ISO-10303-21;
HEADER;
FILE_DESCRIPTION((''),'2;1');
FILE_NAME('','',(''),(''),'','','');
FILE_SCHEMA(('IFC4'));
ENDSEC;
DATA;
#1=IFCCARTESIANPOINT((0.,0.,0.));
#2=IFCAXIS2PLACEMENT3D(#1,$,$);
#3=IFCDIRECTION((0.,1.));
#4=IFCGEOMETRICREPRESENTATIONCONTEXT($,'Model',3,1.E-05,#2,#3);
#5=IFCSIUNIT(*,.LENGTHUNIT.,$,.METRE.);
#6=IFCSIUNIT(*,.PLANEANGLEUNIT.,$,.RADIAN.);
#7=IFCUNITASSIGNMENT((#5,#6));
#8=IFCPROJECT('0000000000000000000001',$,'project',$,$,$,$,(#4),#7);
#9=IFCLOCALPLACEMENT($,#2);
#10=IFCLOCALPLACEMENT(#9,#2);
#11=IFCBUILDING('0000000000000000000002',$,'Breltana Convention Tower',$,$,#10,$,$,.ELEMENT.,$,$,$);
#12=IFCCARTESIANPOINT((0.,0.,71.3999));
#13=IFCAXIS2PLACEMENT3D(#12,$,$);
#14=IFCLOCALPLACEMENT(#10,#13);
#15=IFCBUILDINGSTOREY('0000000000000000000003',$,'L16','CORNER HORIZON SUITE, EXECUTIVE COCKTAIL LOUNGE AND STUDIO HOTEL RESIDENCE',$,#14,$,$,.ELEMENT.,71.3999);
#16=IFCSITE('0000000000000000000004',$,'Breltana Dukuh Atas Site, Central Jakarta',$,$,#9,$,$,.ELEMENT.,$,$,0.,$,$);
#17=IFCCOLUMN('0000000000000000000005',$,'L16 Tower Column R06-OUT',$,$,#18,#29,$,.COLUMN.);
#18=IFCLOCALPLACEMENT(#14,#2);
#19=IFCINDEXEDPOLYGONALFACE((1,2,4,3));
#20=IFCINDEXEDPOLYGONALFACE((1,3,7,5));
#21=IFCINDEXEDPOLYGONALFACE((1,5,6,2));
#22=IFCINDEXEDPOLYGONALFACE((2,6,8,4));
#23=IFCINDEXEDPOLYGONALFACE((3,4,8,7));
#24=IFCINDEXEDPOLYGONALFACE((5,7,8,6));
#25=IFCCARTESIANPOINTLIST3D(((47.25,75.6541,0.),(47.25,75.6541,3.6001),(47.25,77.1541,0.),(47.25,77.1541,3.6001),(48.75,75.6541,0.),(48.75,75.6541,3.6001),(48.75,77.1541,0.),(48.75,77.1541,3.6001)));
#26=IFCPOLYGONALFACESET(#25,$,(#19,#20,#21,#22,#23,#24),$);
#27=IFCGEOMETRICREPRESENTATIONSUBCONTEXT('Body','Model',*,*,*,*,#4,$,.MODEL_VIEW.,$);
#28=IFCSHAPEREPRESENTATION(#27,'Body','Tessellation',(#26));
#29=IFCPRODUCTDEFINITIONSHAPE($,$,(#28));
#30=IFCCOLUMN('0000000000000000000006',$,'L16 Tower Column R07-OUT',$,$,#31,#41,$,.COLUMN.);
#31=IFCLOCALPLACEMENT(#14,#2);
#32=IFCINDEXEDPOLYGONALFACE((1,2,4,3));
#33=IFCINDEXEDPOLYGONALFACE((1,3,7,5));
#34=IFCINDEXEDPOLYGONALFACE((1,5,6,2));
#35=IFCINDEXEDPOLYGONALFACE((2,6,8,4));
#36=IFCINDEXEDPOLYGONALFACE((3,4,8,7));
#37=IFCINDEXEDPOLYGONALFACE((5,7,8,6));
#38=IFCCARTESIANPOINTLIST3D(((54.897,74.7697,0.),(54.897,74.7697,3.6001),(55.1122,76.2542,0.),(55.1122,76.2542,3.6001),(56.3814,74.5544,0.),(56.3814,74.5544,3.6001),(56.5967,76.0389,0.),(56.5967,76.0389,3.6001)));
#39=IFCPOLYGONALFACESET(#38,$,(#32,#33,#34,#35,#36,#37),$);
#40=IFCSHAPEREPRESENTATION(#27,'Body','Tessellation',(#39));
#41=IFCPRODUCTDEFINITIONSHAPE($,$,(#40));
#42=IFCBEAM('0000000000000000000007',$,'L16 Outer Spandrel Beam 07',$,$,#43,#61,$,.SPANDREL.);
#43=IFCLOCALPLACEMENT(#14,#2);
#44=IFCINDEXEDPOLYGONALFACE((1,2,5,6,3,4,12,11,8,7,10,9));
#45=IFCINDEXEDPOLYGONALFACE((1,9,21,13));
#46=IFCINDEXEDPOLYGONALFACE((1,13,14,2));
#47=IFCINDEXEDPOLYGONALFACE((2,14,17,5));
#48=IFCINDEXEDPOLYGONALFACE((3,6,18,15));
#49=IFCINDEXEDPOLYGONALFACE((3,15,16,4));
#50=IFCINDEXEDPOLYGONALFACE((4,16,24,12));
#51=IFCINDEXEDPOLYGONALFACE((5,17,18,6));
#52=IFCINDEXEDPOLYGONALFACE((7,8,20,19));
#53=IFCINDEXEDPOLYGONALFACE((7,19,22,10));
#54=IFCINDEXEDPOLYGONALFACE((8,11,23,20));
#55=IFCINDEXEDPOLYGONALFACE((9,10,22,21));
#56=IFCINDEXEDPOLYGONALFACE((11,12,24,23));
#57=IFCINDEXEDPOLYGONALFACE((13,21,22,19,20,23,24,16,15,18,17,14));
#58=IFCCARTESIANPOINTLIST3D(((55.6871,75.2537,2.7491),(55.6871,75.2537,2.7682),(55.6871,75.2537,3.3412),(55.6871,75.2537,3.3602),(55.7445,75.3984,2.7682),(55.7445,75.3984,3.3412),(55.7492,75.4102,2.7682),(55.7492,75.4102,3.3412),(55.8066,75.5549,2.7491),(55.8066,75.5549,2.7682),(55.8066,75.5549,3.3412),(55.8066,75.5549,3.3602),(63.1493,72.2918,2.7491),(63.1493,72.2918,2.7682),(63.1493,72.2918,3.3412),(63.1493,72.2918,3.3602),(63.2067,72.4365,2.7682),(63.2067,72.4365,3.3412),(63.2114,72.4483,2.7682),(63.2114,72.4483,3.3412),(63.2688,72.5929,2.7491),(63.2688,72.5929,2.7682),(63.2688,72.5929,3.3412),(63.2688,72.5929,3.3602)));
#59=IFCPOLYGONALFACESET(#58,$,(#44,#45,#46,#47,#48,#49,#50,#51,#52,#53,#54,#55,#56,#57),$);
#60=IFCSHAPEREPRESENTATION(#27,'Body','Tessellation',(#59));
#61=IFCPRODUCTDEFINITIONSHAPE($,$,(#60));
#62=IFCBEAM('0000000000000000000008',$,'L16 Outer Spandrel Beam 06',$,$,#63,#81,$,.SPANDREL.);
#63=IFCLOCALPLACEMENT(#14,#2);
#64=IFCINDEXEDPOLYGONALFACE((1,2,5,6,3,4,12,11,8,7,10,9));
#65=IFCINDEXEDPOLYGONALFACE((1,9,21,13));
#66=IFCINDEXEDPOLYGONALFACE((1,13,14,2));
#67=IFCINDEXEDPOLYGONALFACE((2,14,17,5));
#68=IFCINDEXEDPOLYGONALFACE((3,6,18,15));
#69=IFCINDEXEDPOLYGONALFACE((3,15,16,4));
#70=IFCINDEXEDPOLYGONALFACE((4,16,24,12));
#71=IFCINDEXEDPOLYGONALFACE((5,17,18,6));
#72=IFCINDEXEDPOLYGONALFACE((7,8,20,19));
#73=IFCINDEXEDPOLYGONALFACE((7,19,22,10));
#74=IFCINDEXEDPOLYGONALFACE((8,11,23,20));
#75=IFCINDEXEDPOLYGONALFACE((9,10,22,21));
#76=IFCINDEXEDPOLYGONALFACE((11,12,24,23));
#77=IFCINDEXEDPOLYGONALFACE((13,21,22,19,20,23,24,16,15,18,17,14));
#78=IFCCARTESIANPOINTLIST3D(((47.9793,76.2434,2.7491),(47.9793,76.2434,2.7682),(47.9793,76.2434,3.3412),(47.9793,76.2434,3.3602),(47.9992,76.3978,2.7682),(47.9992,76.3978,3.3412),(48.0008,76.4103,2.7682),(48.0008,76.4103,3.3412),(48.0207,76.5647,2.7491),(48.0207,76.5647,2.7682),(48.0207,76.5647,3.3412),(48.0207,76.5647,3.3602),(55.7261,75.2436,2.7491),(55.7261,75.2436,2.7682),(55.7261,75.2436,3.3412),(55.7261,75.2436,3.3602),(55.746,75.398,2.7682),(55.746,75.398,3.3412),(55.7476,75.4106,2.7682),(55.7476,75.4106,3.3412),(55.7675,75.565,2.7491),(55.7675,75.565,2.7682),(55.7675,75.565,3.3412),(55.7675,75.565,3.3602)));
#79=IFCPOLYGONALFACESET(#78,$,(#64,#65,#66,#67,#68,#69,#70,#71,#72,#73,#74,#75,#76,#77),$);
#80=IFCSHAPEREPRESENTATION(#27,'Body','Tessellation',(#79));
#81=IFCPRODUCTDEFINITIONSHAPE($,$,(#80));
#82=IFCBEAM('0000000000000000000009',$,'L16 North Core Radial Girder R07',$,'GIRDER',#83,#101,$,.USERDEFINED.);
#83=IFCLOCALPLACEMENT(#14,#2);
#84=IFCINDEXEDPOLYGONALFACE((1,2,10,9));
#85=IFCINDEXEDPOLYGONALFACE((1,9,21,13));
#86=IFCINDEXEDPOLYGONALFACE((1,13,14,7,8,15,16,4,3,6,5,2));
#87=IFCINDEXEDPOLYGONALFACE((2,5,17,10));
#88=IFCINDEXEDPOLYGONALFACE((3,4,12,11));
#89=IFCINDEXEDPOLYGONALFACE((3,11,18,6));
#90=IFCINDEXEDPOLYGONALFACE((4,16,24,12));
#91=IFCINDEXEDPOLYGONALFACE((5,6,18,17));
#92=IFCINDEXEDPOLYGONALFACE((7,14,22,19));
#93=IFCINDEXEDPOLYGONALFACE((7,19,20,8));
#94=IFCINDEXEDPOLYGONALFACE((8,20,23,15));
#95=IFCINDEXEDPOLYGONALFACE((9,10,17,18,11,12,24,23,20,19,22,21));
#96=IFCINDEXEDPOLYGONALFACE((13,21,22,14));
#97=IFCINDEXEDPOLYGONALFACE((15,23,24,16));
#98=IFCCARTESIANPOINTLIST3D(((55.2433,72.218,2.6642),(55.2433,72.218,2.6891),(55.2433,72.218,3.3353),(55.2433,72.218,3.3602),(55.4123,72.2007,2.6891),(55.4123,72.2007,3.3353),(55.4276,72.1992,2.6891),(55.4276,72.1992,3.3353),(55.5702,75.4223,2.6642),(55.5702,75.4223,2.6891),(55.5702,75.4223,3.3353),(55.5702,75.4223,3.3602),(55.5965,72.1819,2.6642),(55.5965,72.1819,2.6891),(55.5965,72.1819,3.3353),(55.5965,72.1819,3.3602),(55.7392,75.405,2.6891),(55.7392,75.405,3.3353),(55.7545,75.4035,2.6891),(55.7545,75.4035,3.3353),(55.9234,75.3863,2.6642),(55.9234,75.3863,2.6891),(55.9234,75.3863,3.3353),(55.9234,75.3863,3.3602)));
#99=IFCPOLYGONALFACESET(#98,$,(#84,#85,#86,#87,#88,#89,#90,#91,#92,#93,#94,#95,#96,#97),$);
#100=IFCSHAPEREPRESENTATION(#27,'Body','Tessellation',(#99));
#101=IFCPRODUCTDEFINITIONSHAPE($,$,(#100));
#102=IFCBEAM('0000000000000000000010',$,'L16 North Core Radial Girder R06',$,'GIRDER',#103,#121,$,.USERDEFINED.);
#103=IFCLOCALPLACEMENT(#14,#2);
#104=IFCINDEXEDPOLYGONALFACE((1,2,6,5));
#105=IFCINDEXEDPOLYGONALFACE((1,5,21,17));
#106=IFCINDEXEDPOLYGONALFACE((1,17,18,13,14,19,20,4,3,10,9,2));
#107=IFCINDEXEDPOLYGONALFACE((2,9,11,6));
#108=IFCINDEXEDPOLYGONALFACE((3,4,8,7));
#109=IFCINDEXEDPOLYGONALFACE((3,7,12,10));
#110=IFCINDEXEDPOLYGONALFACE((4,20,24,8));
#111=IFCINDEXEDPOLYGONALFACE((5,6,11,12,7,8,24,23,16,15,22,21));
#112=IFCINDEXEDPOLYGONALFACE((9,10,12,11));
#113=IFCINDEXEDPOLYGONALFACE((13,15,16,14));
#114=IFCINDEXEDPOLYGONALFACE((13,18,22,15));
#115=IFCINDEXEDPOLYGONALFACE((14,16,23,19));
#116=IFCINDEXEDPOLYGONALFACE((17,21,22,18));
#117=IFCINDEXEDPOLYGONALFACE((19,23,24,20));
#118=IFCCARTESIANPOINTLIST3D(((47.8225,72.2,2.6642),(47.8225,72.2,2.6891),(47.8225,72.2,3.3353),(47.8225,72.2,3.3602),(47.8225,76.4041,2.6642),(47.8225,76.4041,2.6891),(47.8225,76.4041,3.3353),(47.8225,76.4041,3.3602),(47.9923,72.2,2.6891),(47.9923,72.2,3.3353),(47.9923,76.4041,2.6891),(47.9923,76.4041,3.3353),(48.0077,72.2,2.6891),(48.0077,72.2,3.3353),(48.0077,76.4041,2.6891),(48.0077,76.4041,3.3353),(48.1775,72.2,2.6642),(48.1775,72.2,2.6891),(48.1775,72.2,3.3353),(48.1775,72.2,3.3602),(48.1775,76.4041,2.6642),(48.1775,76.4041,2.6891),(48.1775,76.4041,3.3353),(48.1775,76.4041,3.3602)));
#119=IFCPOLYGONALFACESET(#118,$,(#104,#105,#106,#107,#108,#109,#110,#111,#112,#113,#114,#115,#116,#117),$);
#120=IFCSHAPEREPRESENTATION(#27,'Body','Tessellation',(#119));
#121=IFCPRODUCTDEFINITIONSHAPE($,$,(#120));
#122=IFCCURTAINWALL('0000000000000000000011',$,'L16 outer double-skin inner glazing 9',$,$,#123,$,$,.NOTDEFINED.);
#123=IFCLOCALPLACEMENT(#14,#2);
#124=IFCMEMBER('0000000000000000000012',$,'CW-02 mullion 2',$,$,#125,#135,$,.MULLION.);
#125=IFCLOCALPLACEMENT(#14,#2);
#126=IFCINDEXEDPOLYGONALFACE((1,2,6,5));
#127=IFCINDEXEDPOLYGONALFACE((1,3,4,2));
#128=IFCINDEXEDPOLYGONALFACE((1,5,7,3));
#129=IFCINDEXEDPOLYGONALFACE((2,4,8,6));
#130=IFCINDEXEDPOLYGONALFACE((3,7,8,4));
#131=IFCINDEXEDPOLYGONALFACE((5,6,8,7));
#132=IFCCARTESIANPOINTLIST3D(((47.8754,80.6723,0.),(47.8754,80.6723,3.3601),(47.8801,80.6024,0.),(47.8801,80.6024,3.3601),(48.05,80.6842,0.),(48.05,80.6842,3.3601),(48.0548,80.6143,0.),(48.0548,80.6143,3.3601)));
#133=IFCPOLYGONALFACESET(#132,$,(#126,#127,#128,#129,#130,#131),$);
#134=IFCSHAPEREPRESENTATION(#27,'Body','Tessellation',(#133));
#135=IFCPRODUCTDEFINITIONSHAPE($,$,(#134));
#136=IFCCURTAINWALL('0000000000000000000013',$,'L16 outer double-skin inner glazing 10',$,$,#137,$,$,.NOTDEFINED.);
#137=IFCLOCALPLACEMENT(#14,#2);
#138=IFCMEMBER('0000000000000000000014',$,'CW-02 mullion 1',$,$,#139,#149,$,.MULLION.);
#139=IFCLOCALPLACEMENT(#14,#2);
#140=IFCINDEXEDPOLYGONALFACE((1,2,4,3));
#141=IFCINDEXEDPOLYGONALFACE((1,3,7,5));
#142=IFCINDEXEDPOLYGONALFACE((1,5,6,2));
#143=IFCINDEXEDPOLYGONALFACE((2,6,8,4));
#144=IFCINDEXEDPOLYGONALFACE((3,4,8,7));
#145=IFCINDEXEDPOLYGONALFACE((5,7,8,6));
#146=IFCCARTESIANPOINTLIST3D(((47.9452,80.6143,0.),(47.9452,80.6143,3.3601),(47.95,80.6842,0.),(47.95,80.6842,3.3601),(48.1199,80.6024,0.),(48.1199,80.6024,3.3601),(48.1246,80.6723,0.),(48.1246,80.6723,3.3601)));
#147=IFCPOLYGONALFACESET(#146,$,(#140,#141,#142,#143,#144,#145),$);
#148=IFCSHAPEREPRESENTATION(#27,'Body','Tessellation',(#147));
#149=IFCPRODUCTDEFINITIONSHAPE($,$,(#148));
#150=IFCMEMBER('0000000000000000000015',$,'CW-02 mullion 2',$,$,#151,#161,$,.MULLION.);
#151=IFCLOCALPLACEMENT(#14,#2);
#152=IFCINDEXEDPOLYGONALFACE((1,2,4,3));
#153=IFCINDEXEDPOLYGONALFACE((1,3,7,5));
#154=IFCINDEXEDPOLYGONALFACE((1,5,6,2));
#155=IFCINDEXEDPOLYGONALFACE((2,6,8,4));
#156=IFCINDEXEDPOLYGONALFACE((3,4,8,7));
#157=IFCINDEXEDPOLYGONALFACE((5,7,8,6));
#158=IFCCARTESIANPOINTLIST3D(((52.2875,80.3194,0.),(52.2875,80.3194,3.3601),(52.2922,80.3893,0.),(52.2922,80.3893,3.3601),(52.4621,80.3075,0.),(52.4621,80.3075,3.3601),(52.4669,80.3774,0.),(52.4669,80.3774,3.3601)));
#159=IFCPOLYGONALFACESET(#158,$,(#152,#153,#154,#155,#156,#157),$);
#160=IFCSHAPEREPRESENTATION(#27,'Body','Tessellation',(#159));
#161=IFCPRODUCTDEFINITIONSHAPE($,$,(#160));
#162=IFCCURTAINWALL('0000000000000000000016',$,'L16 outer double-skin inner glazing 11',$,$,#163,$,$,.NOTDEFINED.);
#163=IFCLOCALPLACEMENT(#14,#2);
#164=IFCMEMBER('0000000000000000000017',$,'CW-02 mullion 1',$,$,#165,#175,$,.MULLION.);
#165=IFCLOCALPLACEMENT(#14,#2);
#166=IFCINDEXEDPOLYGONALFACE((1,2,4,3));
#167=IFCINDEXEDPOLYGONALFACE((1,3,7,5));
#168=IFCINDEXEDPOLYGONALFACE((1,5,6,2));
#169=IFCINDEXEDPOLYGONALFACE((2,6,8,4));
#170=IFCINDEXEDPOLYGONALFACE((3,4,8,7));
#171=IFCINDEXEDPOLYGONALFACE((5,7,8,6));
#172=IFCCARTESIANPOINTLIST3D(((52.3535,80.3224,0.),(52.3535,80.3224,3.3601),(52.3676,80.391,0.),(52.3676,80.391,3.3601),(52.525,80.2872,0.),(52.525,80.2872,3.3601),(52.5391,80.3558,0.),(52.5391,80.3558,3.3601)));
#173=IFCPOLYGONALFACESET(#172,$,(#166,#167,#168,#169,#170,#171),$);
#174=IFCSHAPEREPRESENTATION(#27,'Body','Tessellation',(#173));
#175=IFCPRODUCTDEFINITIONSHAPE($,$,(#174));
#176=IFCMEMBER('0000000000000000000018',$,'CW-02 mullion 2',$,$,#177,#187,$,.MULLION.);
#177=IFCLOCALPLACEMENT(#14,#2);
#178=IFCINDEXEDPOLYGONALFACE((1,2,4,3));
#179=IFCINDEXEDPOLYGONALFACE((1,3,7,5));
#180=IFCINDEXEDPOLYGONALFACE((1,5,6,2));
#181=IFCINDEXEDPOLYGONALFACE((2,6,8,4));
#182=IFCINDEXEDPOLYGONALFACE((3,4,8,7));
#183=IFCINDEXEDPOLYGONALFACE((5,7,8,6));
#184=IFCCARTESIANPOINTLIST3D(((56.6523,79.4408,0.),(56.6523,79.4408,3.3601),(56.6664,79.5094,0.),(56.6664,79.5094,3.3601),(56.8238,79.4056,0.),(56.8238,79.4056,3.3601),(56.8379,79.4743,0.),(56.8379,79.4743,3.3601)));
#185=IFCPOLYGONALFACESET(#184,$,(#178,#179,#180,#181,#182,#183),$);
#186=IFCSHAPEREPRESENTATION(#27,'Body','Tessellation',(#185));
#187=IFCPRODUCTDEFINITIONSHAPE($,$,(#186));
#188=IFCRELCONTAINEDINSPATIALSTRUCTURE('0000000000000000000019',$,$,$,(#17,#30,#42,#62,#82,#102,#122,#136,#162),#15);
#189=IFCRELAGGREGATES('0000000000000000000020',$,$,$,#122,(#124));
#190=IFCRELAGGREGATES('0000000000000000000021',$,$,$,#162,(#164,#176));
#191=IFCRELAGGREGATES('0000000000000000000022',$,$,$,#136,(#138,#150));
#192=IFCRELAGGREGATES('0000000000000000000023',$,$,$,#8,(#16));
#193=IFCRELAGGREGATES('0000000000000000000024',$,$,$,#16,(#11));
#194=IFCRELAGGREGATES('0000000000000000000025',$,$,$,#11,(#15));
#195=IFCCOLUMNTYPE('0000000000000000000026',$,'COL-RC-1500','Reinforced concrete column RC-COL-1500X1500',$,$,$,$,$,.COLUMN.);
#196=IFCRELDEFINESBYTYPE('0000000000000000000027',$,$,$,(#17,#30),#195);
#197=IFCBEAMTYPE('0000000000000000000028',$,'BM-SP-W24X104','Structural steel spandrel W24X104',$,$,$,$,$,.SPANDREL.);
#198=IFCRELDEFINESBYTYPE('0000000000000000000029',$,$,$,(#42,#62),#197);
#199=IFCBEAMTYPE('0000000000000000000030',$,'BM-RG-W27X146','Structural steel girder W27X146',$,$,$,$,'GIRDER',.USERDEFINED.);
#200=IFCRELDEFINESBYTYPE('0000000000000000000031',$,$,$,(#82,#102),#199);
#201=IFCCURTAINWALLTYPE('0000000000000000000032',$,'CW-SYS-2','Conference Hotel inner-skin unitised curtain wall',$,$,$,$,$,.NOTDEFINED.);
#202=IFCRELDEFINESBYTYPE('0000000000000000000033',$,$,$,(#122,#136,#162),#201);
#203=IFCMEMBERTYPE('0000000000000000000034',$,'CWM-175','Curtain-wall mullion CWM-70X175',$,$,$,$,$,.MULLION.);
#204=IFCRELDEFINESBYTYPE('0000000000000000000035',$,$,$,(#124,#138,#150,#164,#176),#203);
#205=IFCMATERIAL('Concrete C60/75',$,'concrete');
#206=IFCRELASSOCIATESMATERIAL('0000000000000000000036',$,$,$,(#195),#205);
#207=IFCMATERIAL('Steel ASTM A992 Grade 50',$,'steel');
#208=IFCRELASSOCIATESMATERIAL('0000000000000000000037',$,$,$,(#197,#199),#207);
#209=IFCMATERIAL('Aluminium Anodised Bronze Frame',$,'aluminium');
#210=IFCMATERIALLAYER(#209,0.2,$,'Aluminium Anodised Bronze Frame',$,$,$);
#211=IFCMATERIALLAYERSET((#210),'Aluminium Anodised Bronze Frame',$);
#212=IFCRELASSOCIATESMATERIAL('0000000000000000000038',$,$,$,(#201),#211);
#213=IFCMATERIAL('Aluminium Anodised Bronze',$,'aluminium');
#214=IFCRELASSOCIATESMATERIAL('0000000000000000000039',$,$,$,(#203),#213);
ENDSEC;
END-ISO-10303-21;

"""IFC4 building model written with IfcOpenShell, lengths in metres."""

from ifc_helpers import new_model, si_unit, direction, frame, origin, origin_2d, place, context, subcontext, project, spatial, rectangle, i_section, extrude, source, transform, mapped, material, layer, layer_set, material_profile, profile_set, type_object, type_shapes, element, aggregate, save


model = new_model("IFC4")

# Units and contexts
model_context = context("Model", 3, precision=1e-05, world=origin(), true_north=direction((0.0, 1.0)))
body_context = subcontext(model_context, "Body", "Model", "MODEL_VIEW")
ifc_project = project(units=[si_unit("LENGTHUNIT", "METRE"), si_unit("PLANEANGLEUNIT", "RADIAN")], contexts=[model_context])

# Site, building, storey
site_placement = place(None, origin())
site = spatial("IfcSite", under=ifc_project, at=site_placement, Name="Breltana Dukuh Atas Site, Central Jakarta", CompositionType="ELEMENT", RefElevation=0.0)
building_placement = place(site_placement, origin())
building = spatial("IfcBuilding", under=site, at=building_placement, Name="Breltana Convention Tower", CompositionType="ELEMENT")
storey_placement = place(building_placement, frame((0.0, 0.0, 71.3999)))
storey = spatial("IfcBuildingStorey", under=building, at=storey_placement, Name="L16", Description="CORNER HORIZON SUITE, EXECUTIVE COCKTAIL LOUNGE AND STUDIO HOTEL RESIDENCE", CompositionType="ELEMENT", Elevation=71.3999)

# Columns
ifc_material_1 = material(Name="Concrete C60/75", Category="concrete")
ifc_material_profile_1 = material_profile(ifc_material_1, rectangle(XDim=1.5, YDim=1.5, at=origin_2d()), Name="RC-COL-1500X1500")
ifc_profile_set_1 = profile_set([ifc_material_profile_1], Name="Concrete C60/75")
column_type = type_object("IfcColumnType", Name="COL-RC-1500", Description="Reinforced concrete column RC-COL-1500X1500", PredefinedType="COLUMN", material=ifc_profile_set_1)
shared_shape_1 = source(origin(), body_context, "Body", "SweptSolid", [
    extrude(rectangle(XDim=1.5, YDim=1.5, at=origin_2d()), origin(), (0.0, 0.0, 1.0), 3.6001),
])
for number, where, z_axis, x_axis, name in (
    (1, (48.0, 76.4041, 0.0), (0.0, 0.0, 1.0), (0.0, 1.0, 0.0), "L16 Tower Column R06-OUT"),
    (2, (55.7468, 75.4043, 0.0), (0.0, 0.0, 1.0), (0.143493, 0.989651, 0.0), "L16 Tower Column R07-OUT"),
):
    element("IfcColumn", number, at=place(storey_placement, frame(where, z_axis=z_axis, x_axis=x_axis)), inside=storey, type_object=column_type, Name=name, PredefinedType="COLUMN", context=body_context, shape_type="MappedRepresentation", body=[
        mapped(shared_shape_1, transform((0.0, 0.0, 0.0), scale=1.0)),
    ])

# Beams
ifc_material_2 = material(Name="Steel ASTM A992 Grade 50", Category="steel")
ifc_material_profile_2 = material_profile(ifc_material_2, i_section(OverallWidth=0.324, OverallDepth=0.6111, WebThickness=0.0127, FlangeThickness=0.019, at=origin_2d()), Name="W24X104")
ifc_profile_set_2 = profile_set([ifc_material_profile_2], Name="Steel ASTM A992 Grade 50")
beam_type_1 = type_object("IfcBeamType", Name="BM-SP-W24X104", Description="Structural steel spandrel W24X104", PredefinedType="SPANDREL", material=ifc_profile_set_2)
shared_shape_2 = source(origin(), body_context, "Body", "SweptSolid", [
    extrude(i_section(OverallWidth=0.324, OverallDepth=0.6111, WebThickness=0.0127, FlangeThickness=0.019, at=origin_2d()), origin(), (0.0, 0.0, 1.0), 8.0286),
])
beam_1_placement = place(storey_placement, frame((55.7468, 75.4043, 3.0547), z_axis=(0.929459, -0.368925, 0.0), x_axis=(0.368925, 0.929459, 0.0)))
element("IfcBeam", 3, at=beam_1_placement, inside=storey, type_object=beam_type_1, Name="L16 Outer Spandrel Beam 07", PredefinedType="SPANDREL", context=body_context, shape_type="MappedRepresentation", body=[
    mapped(shared_shape_2, transform((0.0, 0.0, 0.0), scale=1.0)),
])
shared_shape_3 = source(origin(), body_context, "Body", "SweptSolid", [
    extrude(i_section(OverallWidth=0.324, OverallDepth=0.6111, WebThickness=0.0127, FlangeThickness=0.019, at=origin_2d()), origin(), (0.0, 0.0, 1.0), 7.811),
])
beam_2_placement = place(storey_placement, frame((48.0, 76.4041, 3.0547), z_axis=(0.991775, -0.127992, 0.0), x_axis=(0.127992, 0.991775, 0.0)))
element("IfcBeam", 4, at=beam_2_placement, inside=storey, type_object=beam_type_1, Name="L16 Outer Spandrel Beam 06", PredefinedType="SPANDREL", context=body_context, shape_type="MappedRepresentation", body=[
    mapped(shared_shape_3, transform((0.0, 0.0, 0.0), scale=1.0)),
])
ifc_material_profile_3 = material_profile(ifc_material_2, i_section(OverallWidth=0.355, OverallDepth=0.696, WebThickness=0.0154, FlangeThickness=0.0249, at=origin_2d()), Name="W27X146")
ifc_profile_set_3 = profile_set([ifc_material_profile_3], Name="Steel ASTM A992 Grade 50")
beam_type_2 = type_object("IfcBeamType", Name="BM-RG-W27X146", Description="Structural steel girder W27X146", ElementType="GIRDER", PredefinedType="USERDEFINED", material=ifc_profile_set_3)
shared_shape_4 = source(origin(), body_context, "Body", "SweptSolid", [
    extrude(i_section(OverallWidth=0.355, OverallDepth=0.696, WebThickness=0.0154, FlangeThickness=0.0249, at=origin_2d()), origin(), (0.0, 0.0, 1.0), 3.2209),
])
beam_3_placement = place(storey_placement, frame((55.4199, 72.2, 3.0122), z_axis=(0.101492, 0.994836, 0.0), x_axis=(-0.994836, 0.101492, 0.0)))
element("IfcBeam", 5, at=beam_3_placement, inside=storey, type_object=beam_type_2, Name="L16 North Core Radial Girder R07", ObjectType="GIRDER", PredefinedType="USERDEFINED", context=body_context, shape_type="MappedRepresentation", body=[
    mapped(shared_shape_4, transform((0.0, 0.0, 0.0), scale=1.0)),
])
shared_shape_5 = source(origin(), body_context, "Body", "SweptSolid", [
    extrude(i_section(OverallWidth=0.355, OverallDepth=0.696, WebThickness=0.0154, FlangeThickness=0.0249, at=origin_2d()), origin(), (0.0, 0.0, 1.0), 4.2041),
])
beam_4_placement = place(storey_placement, frame((48.0, 72.2, 3.0122), z_axis=(0.0, 1.0, 0.0), x_axis=(-1.0, 0.0, 0.0)))
element("IfcBeam", 6, at=beam_4_placement, inside=storey, type_object=beam_type_2, Name="L16 North Core Radial Girder R06", ObjectType="GIRDER", PredefinedType="USERDEFINED", context=body_context, shape_type="MappedRepresentation", body=[
    mapped(shared_shape_5, transform((0.0, 0.0, 0.0), scale=1.0)),
])

# Curtain wall, member
ifc_material_3 = material(Name="Aluminium Anodised Bronze Frame", Category="aluminium")
ifc_layer_1 = layer(ifc_material_3, 0.2, Name="Aluminium Anodised Bronze Frame")
ifc_layer_set_1 = layer_set([ifc_layer_1], Name="Aluminium Anodised Bronze Frame")
curtain_wall_type = type_object("IfcCurtainWallType", Name="CW-SYS-2", Description="Conference Hotel inner-skin unitised curtain wall", PredefinedType="NOTDEFINED", material=ifc_layer_set_1)
curtain_wall_1_placement = place(storey_placement, origin())
curtain_wall_1 = element("IfcCurtainWall", 7, at=curtain_wall_1_placement, inside=storey, type_object=curtain_wall_type, Name="L16 outer double-skin inner glazing 9", PredefinedType="NOTDEFINED")
ifc_material_4 = material(Name="Aluminium Anodised Bronze", Category="aluminium")
ifc_material_profile_4 = material_profile(ifc_material_4, rectangle(XDim=0.0701, YDim=0.175, at=origin_2d()), Name="CWM-70X175")
ifc_profile_set_4 = profile_set([ifc_material_profile_4], Name="Aluminium Anodised Bronze")
member_type_1 = type_object("IfcMemberType", Name="CWM-175", Description="Curtain-wall mullion CWM-70X175", PredefinedType="MULLION", material=ifc_profile_set_4)
shared_shape_6 = source(origin(), body_context, "Body", "SweptSolid", [
    extrude(rectangle(XDim=0.0701, YDim=0.175, at=origin_2d()), origin(), (0.0, 0.0, 1.0), 3.3601),
])
type_shapes(member_type_1, [shared_shape_6])
member_1_placement = place(storey_placement, frame((47.9651, 80.6433, 0.0), z_axis=(0.0, 0.0, 1.0), x_axis=(-0.067726, 0.997704, 0.0)))
member_1 = element("IfcMember", 8, at=member_1_placement, type_object=member_type_1, Name="CW-02 mullion 2", PredefinedType="MULLION", context=body_context, shape_type="MappedRepresentation", body=[
    mapped(shared_shape_6, transform((0.0, 0.0, 0.0), scale=1.0)),
])
aggregate(curtain_wall_1, [member_1])

# Curtain walls, members
curtain_wall_2_placement = place(storey_placement, origin())
curtain_wall_2 = element("IfcCurtainWall", 9, at=curtain_wall_2_placement, inside=storey, type_object=curtain_wall_type, Name="L16 outer double-skin inner glazing 10", PredefinedType="NOTDEFINED")
member_2_placement = place(storey_placement, frame((48.0349, 80.6433, 0.0), z_axis=(0.0, 0.0, 1.0), x_axis=(0.067726, 0.997704, 0.0)))
member_2 = element("IfcMember", 10, at=member_2_placement, type_object=member_type_1, Name="CW-02 mullion 1", PredefinedType="MULLION", context=body_context, shape_type="MappedRepresentation", body=[
    mapped(shared_shape_6, transform((0.0, 0.0, 0.0), scale=1.0)),
])
member_3_placement = place(storey_placement, frame((52.3772, 80.3484, 0.0), z_axis=(0.0, 0.0, 1.0), x_axis=(0.067726, 0.997704, 0.0)))
member_3 = element("IfcMember", 11, at=member_3_placement, type_object=member_type_1, Name="CW-02 mullion 2", PredefinedType="MULLION", context=body_context, shape_type="MappedRepresentation", body=[
    mapped(shared_shape_6, transform((0.0, 0.0, 0.0), scale=1.0)),
])
curtain_wall_3_placement = place(storey_placement, origin())
curtain_wall_3 = element("IfcCurtainWall", 12, at=curtain_wall_3_placement, inside=storey, type_object=curtain_wall_type, Name="L16 outer double-skin inner glazing 11", PredefinedType="NOTDEFINED")
member_4_placement = place(storey_placement, frame((52.4463, 80.3391, 0.0), z_axis=(0.0, 0.0, 1.0), x_axis=(0.200885, 0.979615, 0.0)))
member_4 = element("IfcMember", 13, at=member_4_placement, type_object=member_type_1, Name="CW-02 mullion 1", PredefinedType="MULLION", context=body_context, shape_type="MappedRepresentation", body=[
    mapped(shared_shape_6, transform((0.0, 0.0, 0.0), scale=1.0)),
])
member_5_placement = place(storey_placement, frame((56.7451, 79.4575, 0.0), z_axis=(0.0, 0.0, 1.0), x_axis=(0.200885, 0.979615, 0.0)))
member_5 = element("IfcMember", 14, at=member_5_placement, type_object=member_type_1, Name="CW-02 mullion 2", PredefinedType="MULLION", context=body_context, shape_type="MappedRepresentation", body=[
    mapped(shared_shape_6, transform((0.0, 0.0, 0.0), scale=1.0)),
])

aggregate(curtain_wall_3, [member_4, member_5])
aggregate(curtain_wall_2, [member_2, member_3])

save(model, "model.ifc")
